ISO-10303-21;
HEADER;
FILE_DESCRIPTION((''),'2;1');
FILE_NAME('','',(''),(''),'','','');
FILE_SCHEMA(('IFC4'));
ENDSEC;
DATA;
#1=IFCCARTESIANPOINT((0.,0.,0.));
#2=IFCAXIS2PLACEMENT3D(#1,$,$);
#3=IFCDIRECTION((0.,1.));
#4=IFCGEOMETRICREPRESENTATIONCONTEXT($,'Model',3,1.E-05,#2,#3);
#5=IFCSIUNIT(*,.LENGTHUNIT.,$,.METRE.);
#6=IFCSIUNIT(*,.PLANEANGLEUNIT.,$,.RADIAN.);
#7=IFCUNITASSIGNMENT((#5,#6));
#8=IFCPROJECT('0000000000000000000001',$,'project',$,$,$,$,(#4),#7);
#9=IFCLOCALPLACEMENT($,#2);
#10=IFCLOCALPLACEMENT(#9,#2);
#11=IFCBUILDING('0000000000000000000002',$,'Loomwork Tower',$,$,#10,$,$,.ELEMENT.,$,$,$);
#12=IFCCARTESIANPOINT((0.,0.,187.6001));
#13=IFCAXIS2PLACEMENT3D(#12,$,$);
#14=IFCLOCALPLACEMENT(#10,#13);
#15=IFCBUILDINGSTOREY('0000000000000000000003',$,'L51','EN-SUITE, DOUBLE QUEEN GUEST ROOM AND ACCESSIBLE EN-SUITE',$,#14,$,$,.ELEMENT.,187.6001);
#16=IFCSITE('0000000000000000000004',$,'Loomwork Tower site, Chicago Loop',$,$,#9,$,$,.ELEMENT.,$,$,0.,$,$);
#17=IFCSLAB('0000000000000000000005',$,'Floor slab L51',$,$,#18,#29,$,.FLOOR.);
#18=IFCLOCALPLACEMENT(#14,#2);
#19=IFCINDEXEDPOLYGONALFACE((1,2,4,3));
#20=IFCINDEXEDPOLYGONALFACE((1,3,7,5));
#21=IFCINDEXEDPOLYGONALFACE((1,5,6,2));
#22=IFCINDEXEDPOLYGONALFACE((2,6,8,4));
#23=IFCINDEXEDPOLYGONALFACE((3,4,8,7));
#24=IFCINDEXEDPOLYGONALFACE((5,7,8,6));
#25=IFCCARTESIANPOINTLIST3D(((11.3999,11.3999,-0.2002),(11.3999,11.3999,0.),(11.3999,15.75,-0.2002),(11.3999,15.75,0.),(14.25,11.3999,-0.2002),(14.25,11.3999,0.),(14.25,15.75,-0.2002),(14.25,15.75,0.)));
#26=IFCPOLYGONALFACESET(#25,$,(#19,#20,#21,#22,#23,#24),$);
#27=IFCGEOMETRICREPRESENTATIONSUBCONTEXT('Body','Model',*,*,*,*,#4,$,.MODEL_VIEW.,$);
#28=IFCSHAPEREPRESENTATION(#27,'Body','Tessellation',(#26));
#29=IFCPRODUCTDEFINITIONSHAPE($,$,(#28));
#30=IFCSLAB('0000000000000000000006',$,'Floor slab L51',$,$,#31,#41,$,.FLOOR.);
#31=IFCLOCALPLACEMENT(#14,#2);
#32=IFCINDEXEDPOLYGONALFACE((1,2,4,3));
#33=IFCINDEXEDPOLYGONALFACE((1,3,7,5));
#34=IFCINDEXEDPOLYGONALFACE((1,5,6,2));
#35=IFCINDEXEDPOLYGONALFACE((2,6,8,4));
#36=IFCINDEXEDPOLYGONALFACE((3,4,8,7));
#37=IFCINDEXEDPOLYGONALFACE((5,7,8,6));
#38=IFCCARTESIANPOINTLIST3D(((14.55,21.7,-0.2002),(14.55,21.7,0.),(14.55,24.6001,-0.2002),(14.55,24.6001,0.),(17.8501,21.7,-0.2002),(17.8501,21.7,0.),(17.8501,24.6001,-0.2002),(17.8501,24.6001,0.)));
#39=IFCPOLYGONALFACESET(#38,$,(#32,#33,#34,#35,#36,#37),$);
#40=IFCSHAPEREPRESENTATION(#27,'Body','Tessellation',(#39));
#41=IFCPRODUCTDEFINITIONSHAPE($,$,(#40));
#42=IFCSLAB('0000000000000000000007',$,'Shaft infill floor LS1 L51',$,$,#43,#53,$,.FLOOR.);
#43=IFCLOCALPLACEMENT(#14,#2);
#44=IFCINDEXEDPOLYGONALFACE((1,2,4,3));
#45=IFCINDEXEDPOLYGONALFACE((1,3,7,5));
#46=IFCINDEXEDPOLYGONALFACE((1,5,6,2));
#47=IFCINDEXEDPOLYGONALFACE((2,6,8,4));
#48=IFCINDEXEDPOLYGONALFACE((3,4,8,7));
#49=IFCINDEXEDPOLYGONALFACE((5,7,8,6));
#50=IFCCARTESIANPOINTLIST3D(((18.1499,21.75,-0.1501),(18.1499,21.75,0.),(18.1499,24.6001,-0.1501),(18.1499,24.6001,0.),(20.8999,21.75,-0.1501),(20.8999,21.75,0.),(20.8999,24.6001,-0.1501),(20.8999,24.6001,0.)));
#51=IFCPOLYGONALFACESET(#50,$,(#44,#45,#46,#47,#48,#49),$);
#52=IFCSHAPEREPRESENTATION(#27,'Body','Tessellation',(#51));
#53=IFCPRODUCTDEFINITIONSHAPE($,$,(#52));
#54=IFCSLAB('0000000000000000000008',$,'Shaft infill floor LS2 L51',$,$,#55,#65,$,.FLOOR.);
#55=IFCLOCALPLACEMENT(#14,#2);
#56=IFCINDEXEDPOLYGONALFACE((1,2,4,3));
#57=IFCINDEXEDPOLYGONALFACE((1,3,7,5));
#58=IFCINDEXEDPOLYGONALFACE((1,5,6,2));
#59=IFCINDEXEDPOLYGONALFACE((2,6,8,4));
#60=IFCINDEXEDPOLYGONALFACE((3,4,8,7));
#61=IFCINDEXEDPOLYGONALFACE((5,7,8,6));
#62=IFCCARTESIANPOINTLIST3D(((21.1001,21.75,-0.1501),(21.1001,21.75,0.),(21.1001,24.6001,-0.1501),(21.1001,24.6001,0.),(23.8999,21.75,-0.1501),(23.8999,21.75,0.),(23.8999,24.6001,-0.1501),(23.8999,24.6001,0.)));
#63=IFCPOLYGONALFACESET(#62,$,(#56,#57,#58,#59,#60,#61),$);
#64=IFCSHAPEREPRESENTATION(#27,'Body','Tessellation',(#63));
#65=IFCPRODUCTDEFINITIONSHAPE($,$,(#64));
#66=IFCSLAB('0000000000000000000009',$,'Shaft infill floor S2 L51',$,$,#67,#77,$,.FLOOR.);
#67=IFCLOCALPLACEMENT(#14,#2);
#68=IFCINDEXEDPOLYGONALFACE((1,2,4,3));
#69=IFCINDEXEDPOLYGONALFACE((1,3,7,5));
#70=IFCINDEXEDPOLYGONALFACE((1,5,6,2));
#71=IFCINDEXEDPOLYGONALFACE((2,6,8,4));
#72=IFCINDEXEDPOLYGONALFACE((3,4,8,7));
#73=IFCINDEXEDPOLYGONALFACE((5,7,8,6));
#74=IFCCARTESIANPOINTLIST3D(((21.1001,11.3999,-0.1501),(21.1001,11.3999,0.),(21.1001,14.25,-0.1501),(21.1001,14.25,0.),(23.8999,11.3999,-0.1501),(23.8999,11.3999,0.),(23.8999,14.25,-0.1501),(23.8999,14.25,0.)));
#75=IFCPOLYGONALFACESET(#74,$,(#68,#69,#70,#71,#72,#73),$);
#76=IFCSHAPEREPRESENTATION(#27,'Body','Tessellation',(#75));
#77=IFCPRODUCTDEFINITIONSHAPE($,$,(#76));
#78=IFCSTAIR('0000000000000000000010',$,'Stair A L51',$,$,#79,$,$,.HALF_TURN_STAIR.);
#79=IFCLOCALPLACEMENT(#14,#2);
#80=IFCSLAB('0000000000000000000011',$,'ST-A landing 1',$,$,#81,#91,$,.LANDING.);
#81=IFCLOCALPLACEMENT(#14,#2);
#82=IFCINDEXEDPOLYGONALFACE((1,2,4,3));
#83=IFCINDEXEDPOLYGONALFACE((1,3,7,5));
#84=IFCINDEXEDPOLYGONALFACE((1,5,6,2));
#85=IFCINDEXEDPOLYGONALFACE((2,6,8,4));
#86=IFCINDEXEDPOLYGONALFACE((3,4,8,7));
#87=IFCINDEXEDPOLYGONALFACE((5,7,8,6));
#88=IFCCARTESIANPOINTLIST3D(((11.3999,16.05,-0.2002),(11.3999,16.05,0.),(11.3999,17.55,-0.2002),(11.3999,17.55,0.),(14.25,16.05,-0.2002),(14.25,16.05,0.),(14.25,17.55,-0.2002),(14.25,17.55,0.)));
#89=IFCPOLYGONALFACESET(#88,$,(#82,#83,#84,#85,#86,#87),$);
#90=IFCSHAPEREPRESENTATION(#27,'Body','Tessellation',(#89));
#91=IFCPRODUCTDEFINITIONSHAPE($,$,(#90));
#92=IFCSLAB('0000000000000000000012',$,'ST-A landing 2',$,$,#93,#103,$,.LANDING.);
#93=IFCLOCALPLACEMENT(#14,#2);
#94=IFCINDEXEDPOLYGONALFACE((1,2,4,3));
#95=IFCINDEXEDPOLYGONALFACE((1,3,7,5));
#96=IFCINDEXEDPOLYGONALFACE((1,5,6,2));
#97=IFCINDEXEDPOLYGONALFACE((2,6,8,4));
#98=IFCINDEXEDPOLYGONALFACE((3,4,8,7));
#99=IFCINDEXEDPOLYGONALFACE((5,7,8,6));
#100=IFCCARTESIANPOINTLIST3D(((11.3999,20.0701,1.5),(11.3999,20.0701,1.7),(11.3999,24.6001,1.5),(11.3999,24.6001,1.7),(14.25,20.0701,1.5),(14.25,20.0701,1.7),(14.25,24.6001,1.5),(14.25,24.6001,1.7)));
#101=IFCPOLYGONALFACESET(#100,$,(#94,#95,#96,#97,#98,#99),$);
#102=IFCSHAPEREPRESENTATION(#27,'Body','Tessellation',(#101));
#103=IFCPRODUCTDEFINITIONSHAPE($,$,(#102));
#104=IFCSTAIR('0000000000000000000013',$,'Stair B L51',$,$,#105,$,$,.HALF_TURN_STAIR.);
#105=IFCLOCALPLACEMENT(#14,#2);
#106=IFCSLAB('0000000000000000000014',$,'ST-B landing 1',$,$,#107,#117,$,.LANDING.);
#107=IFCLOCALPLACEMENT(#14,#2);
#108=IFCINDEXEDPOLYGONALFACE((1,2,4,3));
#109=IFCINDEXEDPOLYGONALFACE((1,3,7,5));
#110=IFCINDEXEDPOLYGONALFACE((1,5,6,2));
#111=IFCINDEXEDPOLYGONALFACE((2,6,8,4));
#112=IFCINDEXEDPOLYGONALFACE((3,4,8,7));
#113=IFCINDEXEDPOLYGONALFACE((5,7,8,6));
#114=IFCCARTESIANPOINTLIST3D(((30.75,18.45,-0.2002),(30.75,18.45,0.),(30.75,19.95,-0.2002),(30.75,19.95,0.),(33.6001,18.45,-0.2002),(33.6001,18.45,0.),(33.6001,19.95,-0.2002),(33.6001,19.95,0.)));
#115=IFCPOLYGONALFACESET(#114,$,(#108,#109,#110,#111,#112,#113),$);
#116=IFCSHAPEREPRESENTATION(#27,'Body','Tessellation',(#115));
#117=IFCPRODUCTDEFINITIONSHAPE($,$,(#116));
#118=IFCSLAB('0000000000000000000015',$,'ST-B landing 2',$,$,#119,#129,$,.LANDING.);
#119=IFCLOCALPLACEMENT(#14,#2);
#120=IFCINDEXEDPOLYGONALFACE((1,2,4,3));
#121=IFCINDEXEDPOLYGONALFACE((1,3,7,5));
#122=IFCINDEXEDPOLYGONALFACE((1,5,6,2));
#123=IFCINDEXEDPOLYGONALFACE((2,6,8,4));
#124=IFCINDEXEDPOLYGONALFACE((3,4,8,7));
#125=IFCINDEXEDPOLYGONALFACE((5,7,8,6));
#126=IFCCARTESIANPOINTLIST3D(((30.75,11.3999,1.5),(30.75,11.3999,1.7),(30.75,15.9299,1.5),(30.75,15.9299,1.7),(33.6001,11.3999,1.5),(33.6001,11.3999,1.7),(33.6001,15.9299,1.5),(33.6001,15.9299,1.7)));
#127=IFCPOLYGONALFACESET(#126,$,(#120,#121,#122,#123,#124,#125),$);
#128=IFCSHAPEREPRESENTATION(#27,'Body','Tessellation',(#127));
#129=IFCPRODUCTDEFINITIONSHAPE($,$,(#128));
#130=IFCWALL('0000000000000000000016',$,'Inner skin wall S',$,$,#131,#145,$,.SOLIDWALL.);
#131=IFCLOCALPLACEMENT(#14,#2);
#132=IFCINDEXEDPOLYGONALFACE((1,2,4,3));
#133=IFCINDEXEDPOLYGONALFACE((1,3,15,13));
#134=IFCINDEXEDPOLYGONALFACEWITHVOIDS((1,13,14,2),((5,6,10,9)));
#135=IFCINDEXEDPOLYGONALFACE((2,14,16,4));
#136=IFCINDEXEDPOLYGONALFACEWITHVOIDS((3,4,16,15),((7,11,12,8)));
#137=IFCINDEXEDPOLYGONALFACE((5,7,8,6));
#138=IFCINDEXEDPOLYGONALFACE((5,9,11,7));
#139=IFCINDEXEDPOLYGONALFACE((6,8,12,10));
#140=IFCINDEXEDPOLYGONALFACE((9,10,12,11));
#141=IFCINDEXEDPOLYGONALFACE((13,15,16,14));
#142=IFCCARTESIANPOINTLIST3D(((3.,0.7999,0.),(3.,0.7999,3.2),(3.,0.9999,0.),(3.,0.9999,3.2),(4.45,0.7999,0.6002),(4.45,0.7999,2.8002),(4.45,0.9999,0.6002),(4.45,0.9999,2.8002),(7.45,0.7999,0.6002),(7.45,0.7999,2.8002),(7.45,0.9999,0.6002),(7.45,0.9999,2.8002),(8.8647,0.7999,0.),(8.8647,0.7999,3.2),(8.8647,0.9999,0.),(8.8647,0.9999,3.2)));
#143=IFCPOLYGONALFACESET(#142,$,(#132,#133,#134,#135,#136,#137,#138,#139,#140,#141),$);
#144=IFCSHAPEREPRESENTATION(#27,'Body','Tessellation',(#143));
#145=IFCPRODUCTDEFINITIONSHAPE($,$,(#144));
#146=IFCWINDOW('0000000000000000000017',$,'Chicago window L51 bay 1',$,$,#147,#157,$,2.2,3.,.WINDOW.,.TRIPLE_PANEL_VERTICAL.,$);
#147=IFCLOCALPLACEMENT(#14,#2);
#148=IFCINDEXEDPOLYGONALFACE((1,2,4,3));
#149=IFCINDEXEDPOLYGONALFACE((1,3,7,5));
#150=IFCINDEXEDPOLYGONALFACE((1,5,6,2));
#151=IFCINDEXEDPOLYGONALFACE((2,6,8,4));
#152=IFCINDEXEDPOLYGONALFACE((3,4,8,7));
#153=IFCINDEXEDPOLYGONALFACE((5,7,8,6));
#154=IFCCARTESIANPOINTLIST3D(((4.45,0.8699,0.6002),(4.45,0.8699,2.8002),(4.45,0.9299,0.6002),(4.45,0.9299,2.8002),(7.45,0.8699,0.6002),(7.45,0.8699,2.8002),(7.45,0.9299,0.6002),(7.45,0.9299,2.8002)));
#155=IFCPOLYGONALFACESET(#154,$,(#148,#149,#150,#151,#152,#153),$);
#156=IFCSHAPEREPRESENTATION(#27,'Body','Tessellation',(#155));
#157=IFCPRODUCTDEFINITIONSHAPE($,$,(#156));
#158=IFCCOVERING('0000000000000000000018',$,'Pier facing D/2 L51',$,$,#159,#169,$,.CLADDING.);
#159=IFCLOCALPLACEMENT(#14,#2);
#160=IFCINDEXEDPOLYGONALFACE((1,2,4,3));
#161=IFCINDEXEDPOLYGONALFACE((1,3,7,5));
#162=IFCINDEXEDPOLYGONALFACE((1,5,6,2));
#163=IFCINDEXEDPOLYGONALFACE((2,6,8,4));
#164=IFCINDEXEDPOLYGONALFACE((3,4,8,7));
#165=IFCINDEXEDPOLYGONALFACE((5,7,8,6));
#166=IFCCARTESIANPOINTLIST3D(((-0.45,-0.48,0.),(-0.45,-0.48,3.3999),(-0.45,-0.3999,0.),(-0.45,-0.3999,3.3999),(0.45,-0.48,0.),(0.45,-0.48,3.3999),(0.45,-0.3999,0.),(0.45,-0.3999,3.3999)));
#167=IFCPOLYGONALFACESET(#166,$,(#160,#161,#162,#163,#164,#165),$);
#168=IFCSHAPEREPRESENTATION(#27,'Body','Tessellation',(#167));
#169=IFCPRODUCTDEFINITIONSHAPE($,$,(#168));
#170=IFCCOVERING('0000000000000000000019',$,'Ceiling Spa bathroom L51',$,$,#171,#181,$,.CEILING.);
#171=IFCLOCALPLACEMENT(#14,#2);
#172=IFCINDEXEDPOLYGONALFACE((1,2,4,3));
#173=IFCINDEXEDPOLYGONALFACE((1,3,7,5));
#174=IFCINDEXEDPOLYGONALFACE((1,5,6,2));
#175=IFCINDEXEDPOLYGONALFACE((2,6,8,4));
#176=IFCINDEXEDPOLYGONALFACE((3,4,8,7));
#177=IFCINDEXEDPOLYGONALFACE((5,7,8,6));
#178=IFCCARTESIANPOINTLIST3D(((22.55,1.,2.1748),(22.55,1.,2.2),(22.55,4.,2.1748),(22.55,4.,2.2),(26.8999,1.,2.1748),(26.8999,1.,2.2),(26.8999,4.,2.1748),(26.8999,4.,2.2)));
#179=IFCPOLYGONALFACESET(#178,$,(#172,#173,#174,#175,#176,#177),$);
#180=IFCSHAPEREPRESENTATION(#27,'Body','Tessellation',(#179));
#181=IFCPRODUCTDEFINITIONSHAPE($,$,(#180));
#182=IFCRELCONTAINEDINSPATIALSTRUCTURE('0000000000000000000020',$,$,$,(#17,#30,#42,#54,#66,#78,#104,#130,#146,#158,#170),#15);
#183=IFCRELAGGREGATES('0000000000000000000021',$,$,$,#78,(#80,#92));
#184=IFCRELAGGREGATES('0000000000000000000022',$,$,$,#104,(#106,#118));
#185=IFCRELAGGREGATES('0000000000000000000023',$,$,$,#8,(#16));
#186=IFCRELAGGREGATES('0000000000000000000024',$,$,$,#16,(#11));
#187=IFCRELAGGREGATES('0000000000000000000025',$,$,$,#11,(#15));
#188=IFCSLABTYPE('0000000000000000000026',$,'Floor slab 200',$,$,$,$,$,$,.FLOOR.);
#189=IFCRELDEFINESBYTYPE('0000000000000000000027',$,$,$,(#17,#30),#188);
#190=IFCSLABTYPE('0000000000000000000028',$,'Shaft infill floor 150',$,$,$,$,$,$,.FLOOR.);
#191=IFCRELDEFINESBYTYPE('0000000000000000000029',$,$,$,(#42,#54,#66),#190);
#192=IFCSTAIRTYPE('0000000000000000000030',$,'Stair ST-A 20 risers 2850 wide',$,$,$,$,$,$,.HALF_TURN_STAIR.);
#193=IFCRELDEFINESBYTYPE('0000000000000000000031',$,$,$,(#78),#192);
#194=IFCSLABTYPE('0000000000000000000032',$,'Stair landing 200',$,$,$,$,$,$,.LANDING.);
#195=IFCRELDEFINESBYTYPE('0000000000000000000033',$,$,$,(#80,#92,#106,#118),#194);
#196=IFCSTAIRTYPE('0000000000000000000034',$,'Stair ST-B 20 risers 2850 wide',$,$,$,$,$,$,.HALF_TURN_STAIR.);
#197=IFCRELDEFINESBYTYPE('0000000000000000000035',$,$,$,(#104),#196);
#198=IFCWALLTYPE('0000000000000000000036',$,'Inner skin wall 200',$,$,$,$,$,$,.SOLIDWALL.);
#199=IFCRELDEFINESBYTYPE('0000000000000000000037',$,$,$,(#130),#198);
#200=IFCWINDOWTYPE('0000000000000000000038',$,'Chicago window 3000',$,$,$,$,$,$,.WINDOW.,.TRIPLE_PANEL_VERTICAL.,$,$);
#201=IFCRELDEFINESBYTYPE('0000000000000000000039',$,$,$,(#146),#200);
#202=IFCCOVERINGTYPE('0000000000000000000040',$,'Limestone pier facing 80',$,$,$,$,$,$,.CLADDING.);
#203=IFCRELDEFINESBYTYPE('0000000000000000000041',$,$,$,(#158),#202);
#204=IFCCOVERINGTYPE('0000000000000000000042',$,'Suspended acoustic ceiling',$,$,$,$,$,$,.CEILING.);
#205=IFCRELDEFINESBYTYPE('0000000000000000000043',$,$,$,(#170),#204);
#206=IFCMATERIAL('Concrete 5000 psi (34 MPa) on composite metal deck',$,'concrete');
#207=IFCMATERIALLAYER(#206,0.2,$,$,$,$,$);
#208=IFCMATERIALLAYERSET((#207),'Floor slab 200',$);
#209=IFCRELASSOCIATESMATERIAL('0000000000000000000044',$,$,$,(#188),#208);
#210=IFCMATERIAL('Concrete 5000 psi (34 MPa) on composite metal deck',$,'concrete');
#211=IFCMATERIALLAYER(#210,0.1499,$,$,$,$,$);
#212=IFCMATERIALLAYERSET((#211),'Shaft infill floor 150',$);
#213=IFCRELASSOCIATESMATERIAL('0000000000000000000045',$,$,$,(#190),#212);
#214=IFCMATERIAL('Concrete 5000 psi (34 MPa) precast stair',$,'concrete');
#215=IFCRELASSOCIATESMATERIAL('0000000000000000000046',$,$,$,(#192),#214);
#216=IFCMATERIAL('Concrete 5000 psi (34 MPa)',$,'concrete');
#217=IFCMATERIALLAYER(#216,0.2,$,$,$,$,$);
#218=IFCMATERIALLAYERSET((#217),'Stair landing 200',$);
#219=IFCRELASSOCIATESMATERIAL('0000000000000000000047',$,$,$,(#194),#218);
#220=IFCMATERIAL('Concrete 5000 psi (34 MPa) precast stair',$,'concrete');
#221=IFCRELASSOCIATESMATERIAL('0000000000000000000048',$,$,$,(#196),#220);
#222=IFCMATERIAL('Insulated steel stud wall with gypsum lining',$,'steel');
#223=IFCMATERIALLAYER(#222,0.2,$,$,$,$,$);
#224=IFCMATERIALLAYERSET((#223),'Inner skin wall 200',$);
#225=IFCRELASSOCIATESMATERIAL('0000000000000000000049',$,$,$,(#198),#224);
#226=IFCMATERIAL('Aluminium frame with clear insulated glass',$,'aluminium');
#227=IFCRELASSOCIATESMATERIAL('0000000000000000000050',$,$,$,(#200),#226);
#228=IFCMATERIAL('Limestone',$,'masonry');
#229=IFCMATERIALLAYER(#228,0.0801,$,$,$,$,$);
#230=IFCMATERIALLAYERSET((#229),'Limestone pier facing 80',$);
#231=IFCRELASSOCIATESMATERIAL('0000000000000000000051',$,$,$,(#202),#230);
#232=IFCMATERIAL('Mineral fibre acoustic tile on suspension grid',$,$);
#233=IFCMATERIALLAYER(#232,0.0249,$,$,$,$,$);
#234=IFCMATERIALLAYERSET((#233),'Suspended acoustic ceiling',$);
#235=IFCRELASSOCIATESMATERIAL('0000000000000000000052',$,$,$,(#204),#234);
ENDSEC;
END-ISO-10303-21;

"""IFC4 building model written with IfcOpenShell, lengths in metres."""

from ifc_helpers import new_model, si_unit, direction, frame, frame_2d, origin, origin_2d, place, context, subcontext, project, spatial, polyline, rectangle, outline, extrude, material, layer, layer_set, type_object, element, fill, aggregate, save


model = new_model("IFC4")

# Units and contexts
model_context = context("Model", 3, precision=1e-05, world=origin(), true_north=direction((0.0, 1.0)))
body_context = subcontext(model_context, "Body", "Model", "MODEL_VIEW")
ifc_project = project(units=[si_unit("LENGTHUNIT", "METRE"), si_unit("PLANEANGLEUNIT", "RADIAN")], contexts=[model_context])

# Site, building, storey
site_placement = place(None, origin())
site = spatial("IfcSite", under=ifc_project, at=site_placement, Name="Loomwork Tower site, Chicago Loop", CompositionType="ELEMENT", RefElevation=0.0)
building_placement = place(site_placement, origin())
building = spatial("IfcBuilding", under=site, at=building_placement, Name="Loomwork Tower", CompositionType="ELEMENT")
storey_placement = place(building_placement, frame((0.0, 0.0, 187.6001)))
storey = spatial("IfcBuildingStorey", under=building, at=storey_placement, Name="L51", Description="EN-SUITE, DOUBLE QUEEN GUEST ROOM AND ACCESSIBLE EN-SUITE", CompositionType="ELEMENT", Elevation=187.6001)

# Slabs
ifc_material_1 = material(Name="Concrete 5000 psi (34 MPa) on composite metal deck", Category="concrete")
ifc_layer_1 = layer(ifc_material_1, 0.2)
ifc_layer_set_1 = layer_set([ifc_layer_1], Name="Floor slab 200")
slab_type_1 = type_object("IfcSlabType", Name="Floor slab 200", PredefinedType="FLOOR", material=ifc_layer_set_1)
slab_1_placement = place(storey_placement, frame((0.0, 0.0, -0.2002)))
element("IfcSlab", 1, at=slab_1_placement, inside=storey, type_object=slab_type_1, Name="Floor slab L51", PredefinedType="FLOOR", context=body_context, shape_type="SweptSolid", body=[
    extrude(outline(polyline([(14.25, 15.75), (14.25, 11.3999), (11.3999, 11.3999), (11.3999, 15.75), (14.25, 15.75)])), origin(), (0.0, 0.0, 1.0), 0.2002),
])
slab_2_placement = place(storey_placement, frame((0.0, 0.0, -0.2002)))
element("IfcSlab", 2, at=slab_2_placement, inside=storey, type_object=slab_type_1, Name="Floor slab L51", PredefinedType="FLOOR", context=body_context, shape_type="SweptSolid", body=[
    extrude(outline(polyline([(14.55, 21.7), (14.55, 24.6001), (17.8501, 24.6001), (17.8501, 21.7), (14.55, 21.7)])), origin(), (0.0, 0.0, 1.0), 0.2002),
])
ifc_material_2 = material(Name="Concrete 5000 psi (34 MPa) on composite metal deck", Category="concrete")
ifc_layer_2 = layer(ifc_material_2, 0.1499)
ifc_layer_set_2 = layer_set([ifc_layer_2], Name="Shaft infill floor 150")
slab_type_2 = type_object("IfcSlabType", Name="Shaft infill floor 150", PredefinedType="FLOOR", material=ifc_layer_set_2)
slab_3_placement = place(storey_placement, frame((0.0, 0.0, -0.1501)))
element("IfcSlab", 3, at=slab_3_placement, inside=storey, type_object=slab_type_2, Name="Shaft infill floor LS1 L51", PredefinedType="FLOOR", context=body_context, shape_type="SweptSolid", body=[
    extrude(outline(polyline([(18.1499, 21.75), (20.8999, 21.75), (20.8999, 24.6001), (18.1499, 24.6001), (18.1499, 21.75)])), origin(), (0.0, 0.0, 1.0), 0.1501),
])
slab_4_placement = place(storey_placement, frame((0.0, 0.0, -0.1501)))
element("IfcSlab", 4, at=slab_4_placement, inside=storey, type_object=slab_type_2, Name="Shaft infill floor LS2 L51", PredefinedType="FLOOR", context=body_context, shape_type="SweptSolid", body=[
    extrude(outline(polyline([(21.1001, 21.75), (23.8999, 21.75), (23.8999, 24.6001), (21.1001, 24.6001), (21.1001, 21.75)])), origin(), (0.0, 0.0, 1.0), 0.1501),
])
slab_5_placement = place(storey_placement, frame((0.0, 0.0, -0.1501)))
element("IfcSlab", 5, at=slab_5_placement, inside=storey, type_object=slab_type_2, Name="Shaft infill floor S2 L51", PredefinedType="FLOOR", context=body_context, shape_type="SweptSolid", body=[
    extrude(outline(polyline([(21.1001, 11.3999), (23.8999, 11.3999), (23.8999, 14.25), (21.1001, 14.25), (21.1001, 11.3999)])), origin(), (0.0, 0.0, 1.0), 0.1501),
])

# Stairs, slabs
ifc_material_3 = material(Name="Concrete 5000 psi (34 MPa) precast stair", Category="concrete")
stair_type_1 = type_object("IfcStairType", Name="Stair ST-A 20 risers 2850 wide", PredefinedType="HALF_TURN_STAIR", material=ifc_material_3)
stair_1_placement = place(storey_placement, origin())
stair_1 = element("IfcStair", 6, at=stair_1_placement, inside=storey, type_object=stair_type_1, Name="Stair A L51", PredefinedType="HALF_TURN_STAIR")
ifc_material_4 = material(Name="Concrete 5000 psi (34 MPa)", Category="concrete")
ifc_layer_3 = layer(ifc_material_4, 0.2)
ifc_layer_set_3 = layer_set([ifc_layer_3], Name="Stair landing 200")
slab_type_3 = type_object("IfcSlabType", Name="Stair landing 200", PredefinedType="LANDING", material=ifc_layer_set_3)
slab_6_placement = place(storey_placement, frame((0.0, 0.0, -0.2002)))
slab_6 = element("IfcSlab", 7, at=slab_6_placement, type_object=slab_type_3, Name="ST-A landing 1", PredefinedType="LANDING", context=body_context, shape_type="SweptSolid", body=[
    extrude(outline(polyline([(11.3999, 16.05), (14.25, 16.05), (14.25, 17.55), (11.3999, 17.55), (11.3999, 16.05)])), origin(), (0.0, 0.0, 1.0), 0.2002),
])
slab_7_placement = place(storey_placement, frame((0.0, 0.0, 1.5)))
slab_7 = element("IfcSlab", 8, at=slab_7_placement, type_object=slab_type_3, Name="ST-A landing 2", PredefinedType="LANDING", context=body_context, shape_type="SweptSolid", body=[
    extrude(outline(polyline([(11.3999, 20.0701), (14.25, 20.0701), (14.25, 24.6001), (11.3999, 24.6001), (11.3999, 20.0701)])), origin(), (0.0, 0.0, 1.0), 0.2),
])
aggregate(stair_1, [slab_6, slab_7])
ifc_material_5 = material(Name="Concrete 5000 psi (34 MPa) precast stair", Category="concrete")
stair_type_2 = type_object("IfcStairType", Name="Stair ST-B 20 risers 2850 wide", PredefinedType="HALF_TURN_STAIR", material=ifc_material_5)
stair_2_placement = place(storey_placement, origin())
stair_2 = element("IfcStair", 9, at=stair_2_placement, inside=storey, type_object=stair_type_2, Name="Stair B L51", PredefinedType="HALF_TURN_STAIR")
slab_8_placement = place(storey_placement, frame((0.0, 0.0, -0.2002)))
slab_8 = element("IfcSlab", 10, at=slab_8_placement, type_object=slab_type_3, Name="ST-B landing 1", PredefinedType="LANDING", context=body_context, shape_type="SweptSolid", body=[
    extrude(outline(polyline([(30.75, 18.45), (33.6001, 18.45), (33.6001, 19.95), (30.75, 19.95), (30.75, 18.45)])), origin(), (0.0, 0.0, 1.0), 0.2002),
])
slab_9_placement = place(storey_placement, frame((0.0, 0.0, 1.5)))
slab_9 = element("IfcSlab", 11, at=slab_9_placement, type_object=slab_type_3, Name="ST-B landing 2", PredefinedType="LANDING", context=body_context, shape_type="SweptSolid", body=[
    extrude(outline(polyline([(30.75, 11.3999), (33.6001, 11.3999), (33.6001, 15.9299), (30.75, 15.9299), (30.75, 11.3999)])), origin(), (0.0, 0.0, 1.0), 0.2),
])
aggregate(stair_2, [slab_8, slab_9])

# Wall, opening, window
ifc_material_6 = material(Name="Insulated steel stud wall with gypsum lining", Category="steel")
ifc_layer_4 = layer(ifc_material_6, 0.2)
ifc_layer_set_4 = layer_set([ifc_layer_4], Name="Inner skin wall 200")
wall_type = type_object("IfcWallType", Name="Inner skin wall 200", PredefinedType="SOLIDWALL", material=ifc_layer_set_4)
wall_placement = place(storey_placement, frame((3.0, 0.8999, 0.0), z_axis=(0.0, 0.0, 1.0), x_axis=(1.0, 0.0, 0.0)))
wall = element("IfcWall", 12, at=wall_placement, inside=storey, type_object=wall_type, Name="Inner skin wall S", PredefinedType="SOLIDWALL", context=body_context, shape_type="SweptSolid", body=[
    extrude(rectangle(XDim=5.8647, YDim=0.2, at=frame_2d((2.9324, 0.0))), origin(), (0.0, 0.0, 1.0), 3.2),
])
opening_placement = place(wall_placement, frame((1.45, 0.0, 0.6001)))
opening = element("IfcOpeningElement", 13, at=opening_placement, cuts=wall, PredefinedType="OPENING", context=body_context, shape_type="SweptSolid", body=[
    extrude(rectangle(XDim=3.0, YDim=2.2, at=frame_2d((1.5, 1.1001))), frame((0.0, 0.1099, 0.0), z_axis=(0.0, -1.0, 0.0), x_axis=(1.0, 0.0, 0.0)), (0.0, 0.0, 1.0), 0.22),
])
ifc_material_7 = material(Name="Aluminium frame with clear insulated glass", Category="aluminium")
window_type = type_object("IfcWindowType", Name="Chicago window 3000", PartitioningType="TRIPLE_PANEL_VERTICAL", PredefinedType="WINDOW", material=ifc_material_7)
window_placement = place(opening_placement, origin())
window = element("IfcWindow", 14, at=window_placement, inside=storey, type_object=window_type, Name="Chicago window L51 bay 1", OverallHeight=2.2, OverallWidth=3.0, PartitioningType="TRIPLE_PANEL_VERTICAL", PredefinedType="WINDOW", context=body_context, shape_type="SweptSolid", body=[
    extrude(rectangle(XDim=3.0, YDim=2.2, at=frame_2d((1.5, 1.1001))), frame((0.0, 0.03, 0.0), z_axis=(0.0, -1.0, 0.0), x_axis=(1.0, 0.0, 0.0)), (0.0, 0.0, 1.0), 0.0601),
])
fill(opening, window)

# Coverings
ifc_material_8 = material(Name="Limestone", Category="masonry")
ifc_layer_5 = layer(ifc_material_8, 0.0801)
ifc_layer_set_5 = layer_set([ifc_layer_5], Name="Limestone pier facing 80")
covering_type_1 = type_object("IfcCoveringType", Name="Limestone pier facing 80", PredefinedType="CLADDING", material=ifc_layer_set_5)
covering_1_placement = place(storey_placement, frame((0.0, -0.4399, 0.0), z_axis=(0.0, 0.0, 1.0), x_axis=(1.0, 0.0, 0.0)))
element("IfcCovering", 15, at=covering_1_placement, inside=storey, type_object=covering_type_1, Name="Pier facing D/2 L51", PredefinedType="CLADDING", context=body_context, shape_type="SweptSolid", body=[
    extrude(rectangle(XDim=0.8999, YDim=0.0801, at=origin_2d()), origin(), (0.0, 0.0, 1.0), 3.3999),
])
ifc_material_9 = material(Name="Mineral fibre acoustic tile on suspension grid")
ifc_layer_6 = layer(ifc_material_9, 0.0249)
ifc_layer_set_6 = layer_set([ifc_layer_6], Name="Suspended acoustic ceiling")
covering_type_2 = type_object("IfcCoveringType", Name="Suspended acoustic ceiling", PredefinedType="CEILING", material=ifc_layer_set_6)
covering_2_placement = place(storey_placement, frame((0.0, 0.0, 2.1748)))
element("IfcCovering", 16, at=covering_2_placement, inside=storey, type_object=covering_type_2, Name="Ceiling Spa bathroom L51", PredefinedType="CEILING", context=body_context, shape_type="SweptSolid", body=[
    extrude(outline(polyline([(26.8999, 4.0), (26.8999, 1.0), (22.55, 1.0), (22.55, 4.0), (26.8999, 4.0)])), origin(), (0.0, 0.0, 1.0), 0.0251),
])

save(model, "model.ifc")
